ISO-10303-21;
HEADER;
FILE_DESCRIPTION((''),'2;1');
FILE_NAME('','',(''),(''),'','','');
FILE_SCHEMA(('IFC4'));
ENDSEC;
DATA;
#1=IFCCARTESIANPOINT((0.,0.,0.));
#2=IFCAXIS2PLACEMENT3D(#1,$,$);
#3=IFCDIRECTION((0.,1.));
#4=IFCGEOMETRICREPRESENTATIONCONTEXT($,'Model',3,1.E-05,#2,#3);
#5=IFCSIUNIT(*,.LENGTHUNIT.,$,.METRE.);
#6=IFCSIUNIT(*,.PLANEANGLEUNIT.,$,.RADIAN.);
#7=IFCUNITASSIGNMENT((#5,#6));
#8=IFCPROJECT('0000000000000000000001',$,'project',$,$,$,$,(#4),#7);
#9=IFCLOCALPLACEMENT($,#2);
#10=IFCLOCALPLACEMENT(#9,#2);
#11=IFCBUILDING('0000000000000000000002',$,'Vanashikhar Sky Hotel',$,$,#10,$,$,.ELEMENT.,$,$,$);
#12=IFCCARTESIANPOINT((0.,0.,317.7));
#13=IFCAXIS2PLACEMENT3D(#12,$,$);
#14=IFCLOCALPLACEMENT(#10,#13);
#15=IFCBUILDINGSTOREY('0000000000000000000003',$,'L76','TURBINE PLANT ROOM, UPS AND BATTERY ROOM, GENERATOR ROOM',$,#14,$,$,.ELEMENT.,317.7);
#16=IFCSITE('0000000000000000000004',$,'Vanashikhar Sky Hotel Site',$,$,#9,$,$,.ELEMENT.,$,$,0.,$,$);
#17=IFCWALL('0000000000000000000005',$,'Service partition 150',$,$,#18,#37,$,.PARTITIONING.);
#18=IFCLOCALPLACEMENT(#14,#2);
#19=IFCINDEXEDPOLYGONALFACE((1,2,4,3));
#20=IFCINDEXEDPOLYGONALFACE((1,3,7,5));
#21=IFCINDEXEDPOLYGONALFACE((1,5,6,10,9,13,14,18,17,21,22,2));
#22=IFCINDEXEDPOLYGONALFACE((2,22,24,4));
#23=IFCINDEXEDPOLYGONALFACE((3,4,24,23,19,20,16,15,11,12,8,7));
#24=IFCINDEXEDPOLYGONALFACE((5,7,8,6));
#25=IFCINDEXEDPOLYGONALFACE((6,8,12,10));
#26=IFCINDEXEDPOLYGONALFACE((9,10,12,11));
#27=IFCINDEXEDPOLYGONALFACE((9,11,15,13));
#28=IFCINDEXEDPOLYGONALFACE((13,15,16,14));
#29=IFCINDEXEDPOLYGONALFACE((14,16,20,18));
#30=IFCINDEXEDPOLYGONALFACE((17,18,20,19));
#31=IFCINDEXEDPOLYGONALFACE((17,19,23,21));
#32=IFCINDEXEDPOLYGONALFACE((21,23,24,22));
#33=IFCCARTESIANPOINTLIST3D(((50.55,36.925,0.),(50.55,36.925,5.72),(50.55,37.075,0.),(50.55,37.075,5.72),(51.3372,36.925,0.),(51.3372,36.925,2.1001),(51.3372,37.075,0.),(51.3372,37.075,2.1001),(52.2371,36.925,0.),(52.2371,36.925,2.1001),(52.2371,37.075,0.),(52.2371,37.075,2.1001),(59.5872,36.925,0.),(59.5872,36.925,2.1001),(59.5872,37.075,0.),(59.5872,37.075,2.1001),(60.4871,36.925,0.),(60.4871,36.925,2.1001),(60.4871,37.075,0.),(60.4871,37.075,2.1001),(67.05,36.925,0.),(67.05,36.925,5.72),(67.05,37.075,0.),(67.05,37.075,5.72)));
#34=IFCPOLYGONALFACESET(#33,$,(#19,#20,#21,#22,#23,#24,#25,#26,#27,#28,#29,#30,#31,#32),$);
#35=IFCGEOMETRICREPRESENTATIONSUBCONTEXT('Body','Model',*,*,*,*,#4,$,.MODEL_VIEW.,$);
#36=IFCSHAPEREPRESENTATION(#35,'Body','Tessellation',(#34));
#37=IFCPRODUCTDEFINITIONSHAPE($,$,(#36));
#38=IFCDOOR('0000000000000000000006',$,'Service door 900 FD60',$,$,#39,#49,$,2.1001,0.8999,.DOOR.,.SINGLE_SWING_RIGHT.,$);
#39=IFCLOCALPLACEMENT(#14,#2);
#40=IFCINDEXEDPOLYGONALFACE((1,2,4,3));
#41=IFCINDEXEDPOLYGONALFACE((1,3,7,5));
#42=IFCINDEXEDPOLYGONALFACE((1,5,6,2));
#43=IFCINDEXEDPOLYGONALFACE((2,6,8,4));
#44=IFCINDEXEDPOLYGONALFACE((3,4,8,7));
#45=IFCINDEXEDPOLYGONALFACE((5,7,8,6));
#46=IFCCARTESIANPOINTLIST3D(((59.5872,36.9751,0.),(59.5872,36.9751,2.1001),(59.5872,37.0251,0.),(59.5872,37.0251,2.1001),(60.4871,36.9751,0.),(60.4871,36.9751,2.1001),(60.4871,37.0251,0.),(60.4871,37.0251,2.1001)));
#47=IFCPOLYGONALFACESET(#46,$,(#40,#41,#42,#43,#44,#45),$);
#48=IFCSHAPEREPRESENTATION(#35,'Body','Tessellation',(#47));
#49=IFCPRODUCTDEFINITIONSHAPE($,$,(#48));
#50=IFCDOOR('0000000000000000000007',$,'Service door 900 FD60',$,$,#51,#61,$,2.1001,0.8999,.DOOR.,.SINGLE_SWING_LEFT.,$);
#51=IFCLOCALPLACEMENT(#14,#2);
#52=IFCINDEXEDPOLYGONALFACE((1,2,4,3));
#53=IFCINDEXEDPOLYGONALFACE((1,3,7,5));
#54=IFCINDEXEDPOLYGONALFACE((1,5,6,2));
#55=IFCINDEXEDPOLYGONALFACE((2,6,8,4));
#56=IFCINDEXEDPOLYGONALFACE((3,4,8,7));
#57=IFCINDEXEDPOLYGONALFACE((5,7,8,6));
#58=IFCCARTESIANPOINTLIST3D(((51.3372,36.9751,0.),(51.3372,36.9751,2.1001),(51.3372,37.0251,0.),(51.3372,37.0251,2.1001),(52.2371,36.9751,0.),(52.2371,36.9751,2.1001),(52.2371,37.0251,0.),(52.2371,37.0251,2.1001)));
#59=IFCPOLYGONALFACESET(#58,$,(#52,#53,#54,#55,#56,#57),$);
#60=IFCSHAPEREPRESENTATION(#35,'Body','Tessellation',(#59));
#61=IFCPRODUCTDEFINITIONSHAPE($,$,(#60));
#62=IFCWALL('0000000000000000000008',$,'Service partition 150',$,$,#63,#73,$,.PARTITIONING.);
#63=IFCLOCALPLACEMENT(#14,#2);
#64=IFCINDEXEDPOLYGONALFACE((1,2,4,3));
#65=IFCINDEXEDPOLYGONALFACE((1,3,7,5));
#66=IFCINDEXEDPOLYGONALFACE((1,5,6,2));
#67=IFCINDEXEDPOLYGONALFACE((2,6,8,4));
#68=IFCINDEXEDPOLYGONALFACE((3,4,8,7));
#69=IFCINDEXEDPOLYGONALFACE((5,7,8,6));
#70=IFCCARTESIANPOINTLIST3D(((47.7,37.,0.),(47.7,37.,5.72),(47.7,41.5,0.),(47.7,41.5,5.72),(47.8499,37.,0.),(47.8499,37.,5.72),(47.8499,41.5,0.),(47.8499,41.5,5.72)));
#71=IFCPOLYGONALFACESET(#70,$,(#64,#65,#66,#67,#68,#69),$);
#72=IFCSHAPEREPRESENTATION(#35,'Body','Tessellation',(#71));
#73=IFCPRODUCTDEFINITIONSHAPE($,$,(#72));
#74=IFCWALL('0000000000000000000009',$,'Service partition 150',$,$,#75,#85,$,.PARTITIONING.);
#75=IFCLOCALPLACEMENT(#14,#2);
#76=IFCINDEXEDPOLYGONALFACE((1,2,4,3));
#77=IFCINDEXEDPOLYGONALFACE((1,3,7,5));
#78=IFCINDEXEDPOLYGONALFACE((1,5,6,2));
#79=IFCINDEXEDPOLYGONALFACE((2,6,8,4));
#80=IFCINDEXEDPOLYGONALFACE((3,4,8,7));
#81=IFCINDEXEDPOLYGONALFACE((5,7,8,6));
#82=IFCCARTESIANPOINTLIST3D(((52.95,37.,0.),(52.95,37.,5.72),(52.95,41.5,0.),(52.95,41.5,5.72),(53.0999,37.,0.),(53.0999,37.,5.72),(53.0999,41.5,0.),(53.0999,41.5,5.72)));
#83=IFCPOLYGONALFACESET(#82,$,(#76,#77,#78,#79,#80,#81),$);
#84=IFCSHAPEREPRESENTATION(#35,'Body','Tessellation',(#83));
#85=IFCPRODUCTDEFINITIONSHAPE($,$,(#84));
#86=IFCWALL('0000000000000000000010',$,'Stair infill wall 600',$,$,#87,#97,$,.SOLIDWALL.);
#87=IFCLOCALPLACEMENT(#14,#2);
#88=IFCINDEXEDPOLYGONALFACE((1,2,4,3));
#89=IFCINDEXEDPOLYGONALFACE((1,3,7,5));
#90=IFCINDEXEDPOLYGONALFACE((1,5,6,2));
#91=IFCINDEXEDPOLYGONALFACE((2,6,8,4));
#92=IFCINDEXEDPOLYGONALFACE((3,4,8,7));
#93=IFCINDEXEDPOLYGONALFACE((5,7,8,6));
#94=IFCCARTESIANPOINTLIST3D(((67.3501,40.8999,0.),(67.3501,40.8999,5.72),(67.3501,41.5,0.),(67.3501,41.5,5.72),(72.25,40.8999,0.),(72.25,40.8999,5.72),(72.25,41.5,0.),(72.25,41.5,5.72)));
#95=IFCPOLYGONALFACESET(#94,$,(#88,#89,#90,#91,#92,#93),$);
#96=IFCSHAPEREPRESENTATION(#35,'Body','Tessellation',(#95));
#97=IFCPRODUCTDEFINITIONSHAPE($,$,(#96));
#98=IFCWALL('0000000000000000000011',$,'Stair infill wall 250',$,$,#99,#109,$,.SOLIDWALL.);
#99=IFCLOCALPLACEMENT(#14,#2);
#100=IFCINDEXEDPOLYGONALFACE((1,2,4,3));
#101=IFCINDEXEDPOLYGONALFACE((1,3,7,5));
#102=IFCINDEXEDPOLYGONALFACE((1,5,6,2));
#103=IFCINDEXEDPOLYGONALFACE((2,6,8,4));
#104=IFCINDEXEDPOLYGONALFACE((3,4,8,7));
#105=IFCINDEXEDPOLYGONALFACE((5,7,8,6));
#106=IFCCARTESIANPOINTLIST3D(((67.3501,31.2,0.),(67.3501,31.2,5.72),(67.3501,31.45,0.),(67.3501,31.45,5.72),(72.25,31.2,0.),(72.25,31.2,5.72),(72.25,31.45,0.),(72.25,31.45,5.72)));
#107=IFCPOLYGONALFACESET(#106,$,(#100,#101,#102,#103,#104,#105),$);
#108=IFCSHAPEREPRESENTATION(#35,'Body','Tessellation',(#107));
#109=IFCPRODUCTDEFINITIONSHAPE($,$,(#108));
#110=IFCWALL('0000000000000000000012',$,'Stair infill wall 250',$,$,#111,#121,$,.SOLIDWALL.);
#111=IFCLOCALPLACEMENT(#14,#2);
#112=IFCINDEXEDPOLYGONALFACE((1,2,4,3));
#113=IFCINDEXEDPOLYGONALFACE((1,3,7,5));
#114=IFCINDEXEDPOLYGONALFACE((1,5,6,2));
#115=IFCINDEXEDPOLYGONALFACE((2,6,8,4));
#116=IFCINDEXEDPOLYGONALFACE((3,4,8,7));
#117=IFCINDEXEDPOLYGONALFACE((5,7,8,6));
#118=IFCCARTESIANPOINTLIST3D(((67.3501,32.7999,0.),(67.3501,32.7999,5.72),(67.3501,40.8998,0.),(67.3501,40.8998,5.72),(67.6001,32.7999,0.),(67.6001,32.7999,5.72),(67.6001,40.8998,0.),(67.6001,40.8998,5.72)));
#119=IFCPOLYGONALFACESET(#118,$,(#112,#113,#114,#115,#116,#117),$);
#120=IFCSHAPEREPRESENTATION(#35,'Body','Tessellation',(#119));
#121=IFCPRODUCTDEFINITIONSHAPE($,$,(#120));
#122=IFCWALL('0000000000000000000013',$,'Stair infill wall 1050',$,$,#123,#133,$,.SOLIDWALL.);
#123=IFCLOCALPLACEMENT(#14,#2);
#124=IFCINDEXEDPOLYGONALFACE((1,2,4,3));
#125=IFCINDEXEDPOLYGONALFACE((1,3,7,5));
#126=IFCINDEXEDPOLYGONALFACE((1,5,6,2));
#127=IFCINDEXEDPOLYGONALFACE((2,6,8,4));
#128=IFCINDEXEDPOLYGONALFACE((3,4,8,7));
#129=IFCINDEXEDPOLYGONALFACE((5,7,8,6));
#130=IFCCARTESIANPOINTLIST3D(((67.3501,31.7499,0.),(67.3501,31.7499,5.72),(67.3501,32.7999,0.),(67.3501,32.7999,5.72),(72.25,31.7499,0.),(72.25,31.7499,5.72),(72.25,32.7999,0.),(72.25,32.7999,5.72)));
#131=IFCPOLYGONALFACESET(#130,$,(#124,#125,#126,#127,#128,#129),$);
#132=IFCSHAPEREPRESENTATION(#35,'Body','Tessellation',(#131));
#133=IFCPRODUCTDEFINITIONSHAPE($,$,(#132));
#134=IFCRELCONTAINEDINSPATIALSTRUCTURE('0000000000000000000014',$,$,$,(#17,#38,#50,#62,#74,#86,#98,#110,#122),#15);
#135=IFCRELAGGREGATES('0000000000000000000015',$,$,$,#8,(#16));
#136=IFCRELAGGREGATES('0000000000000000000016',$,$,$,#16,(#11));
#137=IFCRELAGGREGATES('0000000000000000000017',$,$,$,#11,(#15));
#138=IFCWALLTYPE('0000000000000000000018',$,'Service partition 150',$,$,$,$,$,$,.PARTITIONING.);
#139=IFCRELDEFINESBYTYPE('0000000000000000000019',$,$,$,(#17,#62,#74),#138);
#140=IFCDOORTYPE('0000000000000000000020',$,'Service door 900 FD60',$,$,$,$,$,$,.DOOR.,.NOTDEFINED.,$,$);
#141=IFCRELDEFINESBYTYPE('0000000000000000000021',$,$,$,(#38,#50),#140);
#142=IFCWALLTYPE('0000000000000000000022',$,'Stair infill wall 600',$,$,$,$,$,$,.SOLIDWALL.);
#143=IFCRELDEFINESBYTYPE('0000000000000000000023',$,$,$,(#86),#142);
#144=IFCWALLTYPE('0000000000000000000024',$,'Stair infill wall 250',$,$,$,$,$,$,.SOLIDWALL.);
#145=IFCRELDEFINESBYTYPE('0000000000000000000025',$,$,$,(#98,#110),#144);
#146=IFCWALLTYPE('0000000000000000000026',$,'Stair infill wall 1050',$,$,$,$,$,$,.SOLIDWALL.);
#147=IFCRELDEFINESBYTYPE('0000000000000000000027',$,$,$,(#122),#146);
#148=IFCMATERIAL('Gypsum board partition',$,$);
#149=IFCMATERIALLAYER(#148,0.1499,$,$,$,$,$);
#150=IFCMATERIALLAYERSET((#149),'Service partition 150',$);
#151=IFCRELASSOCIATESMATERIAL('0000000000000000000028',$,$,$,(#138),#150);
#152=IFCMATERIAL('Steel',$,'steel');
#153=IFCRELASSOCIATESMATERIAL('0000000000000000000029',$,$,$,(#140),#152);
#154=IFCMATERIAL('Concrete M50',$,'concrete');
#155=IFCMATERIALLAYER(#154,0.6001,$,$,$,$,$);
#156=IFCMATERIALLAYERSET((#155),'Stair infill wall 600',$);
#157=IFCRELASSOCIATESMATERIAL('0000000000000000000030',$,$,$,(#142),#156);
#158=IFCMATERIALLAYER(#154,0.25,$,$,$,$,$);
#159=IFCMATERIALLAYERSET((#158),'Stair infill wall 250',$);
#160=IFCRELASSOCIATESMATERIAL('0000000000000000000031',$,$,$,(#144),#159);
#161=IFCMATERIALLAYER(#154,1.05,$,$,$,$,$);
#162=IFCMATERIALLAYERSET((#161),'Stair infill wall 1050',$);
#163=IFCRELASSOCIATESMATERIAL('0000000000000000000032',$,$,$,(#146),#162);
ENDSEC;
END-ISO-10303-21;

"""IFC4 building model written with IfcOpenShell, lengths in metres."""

from ifc_helpers import new_model, si_unit, direction, frame, frame_2d, origin, place, context, subcontext, project, spatial, rectangle, extrude, source, transform, mapped, material, layer, layer_set, type_object, element, fill, save


model = new_model("IFC4")

# Units and contexts
model_context = context("Model", 3, precision=1e-05, world=origin(), true_north=direction((0.0, 1.0)))
body_context = subcontext(model_context, "Body", "Model", "MODEL_VIEW")
ifc_project = project(units=[si_unit("LENGTHUNIT", "METRE"), si_unit("PLANEANGLEUNIT", "RADIAN")], contexts=[model_context])

# Site, building, storey
site_placement = place(None, origin())
site = spatial("IfcSite", under=ifc_project, at=site_placement, Name="Vanashikhar Sky Hotel Site", CompositionType="ELEMENT", RefElevation=0.0)
building_placement = place(site_placement, origin())
building = spatial("IfcBuilding", under=site, at=building_placement, Name="Vanashikhar Sky Hotel", CompositionType="ELEMENT")
storey_placement = place(building_placement, frame((0.0, 0.0, 317.7)))
storey = spatial("IfcBuildingStorey", under=building, at=storey_placement, Name="L76", Description="TURBINE PLANT ROOM, UPS AND BATTERY ROOM, GENERATOR ROOM", CompositionType="ELEMENT", Elevation=317.7)

# Shared definitions
ifc_material_1 = material(Name="Concrete M50", Category="concrete")
ifc_material_2 = material(Name="Steel", Category="steel")

# Shared definitions
ifc_material_3 = material(Name="Gypsum board partition")
ifc_layer_1 = layer(ifc_material_3, 0.1499)
ifc_layer_set_1 = layer_set([ifc_layer_1], Name="Service partition 150")
wall_type_1 = type_object("IfcWallType", Name="Service partition 150", PredefinedType="PARTITIONING", material=ifc_layer_set_1)

# Wall, openings, doors
shared_shape_1 = source(origin(), body_context, "Body", "SweptSolid", [
    extrude(rectangle(XDim=0.8999, YDim=2.1001, at=frame_2d((0.45, 1.05))), frame((0.0, 0.085, 0.0), z_axis=(0.0, -1.0, 0.0), x_axis=(1.0, 0.0, 0.0)), (0.0, 0.0, 1.0), 0.1699),
])
door_type_1 = type_object("IfcDoorType", Name="Service door 900 FD60", OperationType="NOTDEFINED", PredefinedType="DOOR", material=ifc_material_2)
shared_shape_2 = source(origin(), body_context, "Body", "SweptSolid", [
    extrude(rectangle(XDim=0.8999, YDim=2.1001, at=frame_2d((0.45, 1.05))), frame((0.0, 0.0249, 0.0), z_axis=(0.0, -1.0, 0.0), x_axis=(1.0, 0.0, 0.0)), (0.0, 0.0, 1.0), 0.05),
])
shared_shape_3 = source(origin(), body_context, "Body", "SweptSolid", [
    extrude(rectangle(XDim=16.5, YDim=0.1499, at=frame_2d((8.25, 0.0))), origin(), (0.0, 0.0, 1.0), 5.72),
])
wall_1_placement = place(storey_placement, frame((67.05, 37.0, 0.0), z_axis=(0.0, 0.0, 1.0), x_axis=(-1.0, 0.0, 0.0)))
wall_1 = element("IfcWall", 1, at=wall_1_placement, inside=storey, type_object=wall_type_1, Name="Service partition 150", PredefinedType="PARTITIONING", context=body_context, shape_type="MappedRepresentation", body=[
    mapped(shared_shape_3, transform((0.0, 0.0, 0.0), scale=1.0)),
])
opening_1_placement = place(wall_1_placement, frame((6.563, 0.0, 0.0)))
opening_1 = element("IfcOpeningElement", 2, at=opening_1_placement, cuts=wall_1, PredefinedType="OPENING", context=body_context, shape_type="MappedRepresentation", body=[
    mapped(shared_shape_1, transform((0.0, 0.0, 0.0), scale=1.0)),
])
opening_2_placement = place(wall_1_placement, frame((14.813, 0.0, 0.0)))
opening_2 = element("IfcOpeningElement", 3, at=opening_2_placement, cuts=wall_1, PredefinedType="OPENING", context=body_context, shape_type="MappedRepresentation", body=[
    mapped(shared_shape_1, transform((0.0, 0.0, 0.0), scale=1.0)),
])
door_1_placement = place(opening_1_placement, origin())
door_1 = element("IfcDoor", 4, at=door_1_placement, inside=storey, type_object=door_type_1, Name="Service door 900 FD60", OperationType="SINGLE_SWING_RIGHT", OverallHeight=2.1001, OverallWidth=0.8999, PredefinedType="DOOR", context=body_context, shape_type="MappedRepresentation", body=[
    mapped(shared_shape_2, transform((0.0, 0.0, 0.0), scale=1.0)),
])
fill(opening_1, door_1)
door_2_placement = place(opening_2_placement, origin())
door_2 = element("IfcDoor", 5, at=door_2_placement, inside=storey, type_object=door_type_1, Name="Service door 900 FD60", OperationType="SINGLE_SWING_LEFT", OverallHeight=2.1001, OverallWidth=0.8999, PredefinedType="DOOR", context=body_context, shape_type="MappedRepresentation", body=[
    mapped(shared_shape_2, transform((0.0, 0.0, 0.0), scale=1.0)),
])
fill(opening_2, door_2)

# Walls
shared_shape_4 = source(origin(), body_context, "Body", "SweptSolid", [
    extrude(rectangle(XDim=4.5, YDim=0.1499, at=frame_2d((2.25, 0.0))), origin(), (0.0, 0.0, 1.0), 5.72),
])
for number, where, z_axis, x_axis, name in (
    (6, (47.7749, 37.0, 0.0), (0.0, 0.0, 1.0), (0.0, 1.0, 0.0), "Service partition 150"),
    (7, (53.0249, 37.0, 0.0), (0.0, 0.0, 1.0), (0.0, 1.0, 0.0), "Service partition 150"),
):
    element("IfcWall", number, at=place(storey_placement, frame(where, z_axis=z_axis, x_axis=x_axis)), inside=storey, type_object=wall_type_1, Name=name, PredefinedType="PARTITIONING", context=body_context, shape_type="MappedRepresentation", body=[
        mapped(shared_shape_4, transform((0.0, 0.0, 0.0), scale=1.0)),
    ])
ifc_layer_2 = layer(ifc_material_1, 0.6001)
ifc_layer_set_2 = layer_set([ifc_layer_2], Name="Stair infill wall 600")
wall_type_2 = type_object("IfcWallType", Name="Stair infill wall 600", PredefinedType="SOLIDWALL", material=ifc_layer_set_2)
shared_shape_5 = source(origin(), body_context, "Body", "SweptSolid", [
    extrude(rectangle(XDim=4.8999, YDim=0.6001, at=frame_2d((2.45, 0.0))), origin(), (0.0, 0.0, 1.0), 5.72),
])
wall_2_placement = place(storey_placement, frame((67.3501, 41.2, 0.0), z_axis=(0.0, 0.0, 1.0), x_axis=(1.0, 0.0, 0.0)))
element("IfcWall", 8, at=wall_2_placement, inside=storey, type_object=wall_type_2, Name="Stair infill wall 600", PredefinedType="SOLIDWALL", context=body_context, shape_type="MappedRepresentation", body=[
    mapped(shared_shape_5, transform((0.0, 0.0, 0.0), scale=1.0)),
])
ifc_layer_3 = layer(ifc_material_1, 0.25)
ifc_layer_set_3 = layer_set([ifc_layer_3], Name="Stair infill wall 250")
wall_type_3 = type_object("IfcWallType", Name="Stair infill wall 250", PredefinedType="SOLIDWALL", material=ifc_layer_set_3)
shared_shape_6 = source(origin(), body_context, "Body", "SweptSolid", [
    extrude(rectangle(XDim=4.8999, YDim=0.25, at=frame_2d((2.45, 0.0))), origin(), (0.0, 0.0, 1.0), 5.72),
])
wall_3_placement = place(storey_placement, frame((67.3501, 31.325, 0.0), z_axis=(0.0, 0.0, 1.0), x_axis=(1.0, 0.0, 0.0)))
element("IfcWall", 9, at=wall_3_placement, inside=storey, type_object=wall_type_3, Name="Stair infill wall 250", PredefinedType="SOLIDWALL", context=body_context, shape_type="MappedRepresentation", body=[
    mapped(shared_shape_6, transform((0.0, 0.0, 0.0), scale=1.0)),
])
shared_shape_7 = source(origin(), body_context, "Body", "SweptSolid", [
    extrude(rectangle(XDim=8.0999, YDim=0.25, at=frame_2d((4.0498, 0.0))), origin(), (0.0, 0.0, 1.0), 5.72),
])
wall_4_placement = place(storey_placement, frame((67.4751, 32.8, 0.0), z_axis=(0.0, 0.0, 1.0), x_axis=(0.0, 1.0, 0.0)))
element("IfcWall", 10, at=wall_4_placement, inside=storey, type_object=wall_type_3, Name="Stair infill wall 250", PredefinedType="SOLIDWALL", context=body_context, shape_type="MappedRepresentation", body=[
    mapped(shared_shape_7, transform((0.0, 0.0, 0.0), scale=1.0)),
])
ifc_layer_4 = layer(ifc_material_1, 1.05)
ifc_layer_set_4 = layer_set([ifc_layer_4], Name="Stair infill wall 1050")
wall_type_4 = type_object("IfcWallType", Name="Stair infill wall 1050", PredefinedType="SOLIDWALL", material=ifc_layer_set_4)
shared_shape_8 = source(origin(), body_context, "Body", "SweptSolid", [
    extrude(rectangle(XDim=4.8999, YDim=1.05, at=frame_2d((2.45, 0.0))), origin(), (0.0, 0.0, 1.0), 5.72),
])
wall_5_placement = place(storey_placement, frame((67.3501, 32.2749, 0.0), z_axis=(0.0, 0.0, 1.0), x_axis=(1.0, 0.0, 0.0)))
element("IfcWall", 11, at=wall_5_placement, inside=storey, type_object=wall_type_4, Name="Stair infill wall 1050", PredefinedType="SOLIDWALL", context=body_context, shape_type="MappedRepresentation", body=[
    mapped(shared_shape_8, transform((0.0, 0.0, 0.0), scale=1.0)),
])

save(model, "model.ifc")
